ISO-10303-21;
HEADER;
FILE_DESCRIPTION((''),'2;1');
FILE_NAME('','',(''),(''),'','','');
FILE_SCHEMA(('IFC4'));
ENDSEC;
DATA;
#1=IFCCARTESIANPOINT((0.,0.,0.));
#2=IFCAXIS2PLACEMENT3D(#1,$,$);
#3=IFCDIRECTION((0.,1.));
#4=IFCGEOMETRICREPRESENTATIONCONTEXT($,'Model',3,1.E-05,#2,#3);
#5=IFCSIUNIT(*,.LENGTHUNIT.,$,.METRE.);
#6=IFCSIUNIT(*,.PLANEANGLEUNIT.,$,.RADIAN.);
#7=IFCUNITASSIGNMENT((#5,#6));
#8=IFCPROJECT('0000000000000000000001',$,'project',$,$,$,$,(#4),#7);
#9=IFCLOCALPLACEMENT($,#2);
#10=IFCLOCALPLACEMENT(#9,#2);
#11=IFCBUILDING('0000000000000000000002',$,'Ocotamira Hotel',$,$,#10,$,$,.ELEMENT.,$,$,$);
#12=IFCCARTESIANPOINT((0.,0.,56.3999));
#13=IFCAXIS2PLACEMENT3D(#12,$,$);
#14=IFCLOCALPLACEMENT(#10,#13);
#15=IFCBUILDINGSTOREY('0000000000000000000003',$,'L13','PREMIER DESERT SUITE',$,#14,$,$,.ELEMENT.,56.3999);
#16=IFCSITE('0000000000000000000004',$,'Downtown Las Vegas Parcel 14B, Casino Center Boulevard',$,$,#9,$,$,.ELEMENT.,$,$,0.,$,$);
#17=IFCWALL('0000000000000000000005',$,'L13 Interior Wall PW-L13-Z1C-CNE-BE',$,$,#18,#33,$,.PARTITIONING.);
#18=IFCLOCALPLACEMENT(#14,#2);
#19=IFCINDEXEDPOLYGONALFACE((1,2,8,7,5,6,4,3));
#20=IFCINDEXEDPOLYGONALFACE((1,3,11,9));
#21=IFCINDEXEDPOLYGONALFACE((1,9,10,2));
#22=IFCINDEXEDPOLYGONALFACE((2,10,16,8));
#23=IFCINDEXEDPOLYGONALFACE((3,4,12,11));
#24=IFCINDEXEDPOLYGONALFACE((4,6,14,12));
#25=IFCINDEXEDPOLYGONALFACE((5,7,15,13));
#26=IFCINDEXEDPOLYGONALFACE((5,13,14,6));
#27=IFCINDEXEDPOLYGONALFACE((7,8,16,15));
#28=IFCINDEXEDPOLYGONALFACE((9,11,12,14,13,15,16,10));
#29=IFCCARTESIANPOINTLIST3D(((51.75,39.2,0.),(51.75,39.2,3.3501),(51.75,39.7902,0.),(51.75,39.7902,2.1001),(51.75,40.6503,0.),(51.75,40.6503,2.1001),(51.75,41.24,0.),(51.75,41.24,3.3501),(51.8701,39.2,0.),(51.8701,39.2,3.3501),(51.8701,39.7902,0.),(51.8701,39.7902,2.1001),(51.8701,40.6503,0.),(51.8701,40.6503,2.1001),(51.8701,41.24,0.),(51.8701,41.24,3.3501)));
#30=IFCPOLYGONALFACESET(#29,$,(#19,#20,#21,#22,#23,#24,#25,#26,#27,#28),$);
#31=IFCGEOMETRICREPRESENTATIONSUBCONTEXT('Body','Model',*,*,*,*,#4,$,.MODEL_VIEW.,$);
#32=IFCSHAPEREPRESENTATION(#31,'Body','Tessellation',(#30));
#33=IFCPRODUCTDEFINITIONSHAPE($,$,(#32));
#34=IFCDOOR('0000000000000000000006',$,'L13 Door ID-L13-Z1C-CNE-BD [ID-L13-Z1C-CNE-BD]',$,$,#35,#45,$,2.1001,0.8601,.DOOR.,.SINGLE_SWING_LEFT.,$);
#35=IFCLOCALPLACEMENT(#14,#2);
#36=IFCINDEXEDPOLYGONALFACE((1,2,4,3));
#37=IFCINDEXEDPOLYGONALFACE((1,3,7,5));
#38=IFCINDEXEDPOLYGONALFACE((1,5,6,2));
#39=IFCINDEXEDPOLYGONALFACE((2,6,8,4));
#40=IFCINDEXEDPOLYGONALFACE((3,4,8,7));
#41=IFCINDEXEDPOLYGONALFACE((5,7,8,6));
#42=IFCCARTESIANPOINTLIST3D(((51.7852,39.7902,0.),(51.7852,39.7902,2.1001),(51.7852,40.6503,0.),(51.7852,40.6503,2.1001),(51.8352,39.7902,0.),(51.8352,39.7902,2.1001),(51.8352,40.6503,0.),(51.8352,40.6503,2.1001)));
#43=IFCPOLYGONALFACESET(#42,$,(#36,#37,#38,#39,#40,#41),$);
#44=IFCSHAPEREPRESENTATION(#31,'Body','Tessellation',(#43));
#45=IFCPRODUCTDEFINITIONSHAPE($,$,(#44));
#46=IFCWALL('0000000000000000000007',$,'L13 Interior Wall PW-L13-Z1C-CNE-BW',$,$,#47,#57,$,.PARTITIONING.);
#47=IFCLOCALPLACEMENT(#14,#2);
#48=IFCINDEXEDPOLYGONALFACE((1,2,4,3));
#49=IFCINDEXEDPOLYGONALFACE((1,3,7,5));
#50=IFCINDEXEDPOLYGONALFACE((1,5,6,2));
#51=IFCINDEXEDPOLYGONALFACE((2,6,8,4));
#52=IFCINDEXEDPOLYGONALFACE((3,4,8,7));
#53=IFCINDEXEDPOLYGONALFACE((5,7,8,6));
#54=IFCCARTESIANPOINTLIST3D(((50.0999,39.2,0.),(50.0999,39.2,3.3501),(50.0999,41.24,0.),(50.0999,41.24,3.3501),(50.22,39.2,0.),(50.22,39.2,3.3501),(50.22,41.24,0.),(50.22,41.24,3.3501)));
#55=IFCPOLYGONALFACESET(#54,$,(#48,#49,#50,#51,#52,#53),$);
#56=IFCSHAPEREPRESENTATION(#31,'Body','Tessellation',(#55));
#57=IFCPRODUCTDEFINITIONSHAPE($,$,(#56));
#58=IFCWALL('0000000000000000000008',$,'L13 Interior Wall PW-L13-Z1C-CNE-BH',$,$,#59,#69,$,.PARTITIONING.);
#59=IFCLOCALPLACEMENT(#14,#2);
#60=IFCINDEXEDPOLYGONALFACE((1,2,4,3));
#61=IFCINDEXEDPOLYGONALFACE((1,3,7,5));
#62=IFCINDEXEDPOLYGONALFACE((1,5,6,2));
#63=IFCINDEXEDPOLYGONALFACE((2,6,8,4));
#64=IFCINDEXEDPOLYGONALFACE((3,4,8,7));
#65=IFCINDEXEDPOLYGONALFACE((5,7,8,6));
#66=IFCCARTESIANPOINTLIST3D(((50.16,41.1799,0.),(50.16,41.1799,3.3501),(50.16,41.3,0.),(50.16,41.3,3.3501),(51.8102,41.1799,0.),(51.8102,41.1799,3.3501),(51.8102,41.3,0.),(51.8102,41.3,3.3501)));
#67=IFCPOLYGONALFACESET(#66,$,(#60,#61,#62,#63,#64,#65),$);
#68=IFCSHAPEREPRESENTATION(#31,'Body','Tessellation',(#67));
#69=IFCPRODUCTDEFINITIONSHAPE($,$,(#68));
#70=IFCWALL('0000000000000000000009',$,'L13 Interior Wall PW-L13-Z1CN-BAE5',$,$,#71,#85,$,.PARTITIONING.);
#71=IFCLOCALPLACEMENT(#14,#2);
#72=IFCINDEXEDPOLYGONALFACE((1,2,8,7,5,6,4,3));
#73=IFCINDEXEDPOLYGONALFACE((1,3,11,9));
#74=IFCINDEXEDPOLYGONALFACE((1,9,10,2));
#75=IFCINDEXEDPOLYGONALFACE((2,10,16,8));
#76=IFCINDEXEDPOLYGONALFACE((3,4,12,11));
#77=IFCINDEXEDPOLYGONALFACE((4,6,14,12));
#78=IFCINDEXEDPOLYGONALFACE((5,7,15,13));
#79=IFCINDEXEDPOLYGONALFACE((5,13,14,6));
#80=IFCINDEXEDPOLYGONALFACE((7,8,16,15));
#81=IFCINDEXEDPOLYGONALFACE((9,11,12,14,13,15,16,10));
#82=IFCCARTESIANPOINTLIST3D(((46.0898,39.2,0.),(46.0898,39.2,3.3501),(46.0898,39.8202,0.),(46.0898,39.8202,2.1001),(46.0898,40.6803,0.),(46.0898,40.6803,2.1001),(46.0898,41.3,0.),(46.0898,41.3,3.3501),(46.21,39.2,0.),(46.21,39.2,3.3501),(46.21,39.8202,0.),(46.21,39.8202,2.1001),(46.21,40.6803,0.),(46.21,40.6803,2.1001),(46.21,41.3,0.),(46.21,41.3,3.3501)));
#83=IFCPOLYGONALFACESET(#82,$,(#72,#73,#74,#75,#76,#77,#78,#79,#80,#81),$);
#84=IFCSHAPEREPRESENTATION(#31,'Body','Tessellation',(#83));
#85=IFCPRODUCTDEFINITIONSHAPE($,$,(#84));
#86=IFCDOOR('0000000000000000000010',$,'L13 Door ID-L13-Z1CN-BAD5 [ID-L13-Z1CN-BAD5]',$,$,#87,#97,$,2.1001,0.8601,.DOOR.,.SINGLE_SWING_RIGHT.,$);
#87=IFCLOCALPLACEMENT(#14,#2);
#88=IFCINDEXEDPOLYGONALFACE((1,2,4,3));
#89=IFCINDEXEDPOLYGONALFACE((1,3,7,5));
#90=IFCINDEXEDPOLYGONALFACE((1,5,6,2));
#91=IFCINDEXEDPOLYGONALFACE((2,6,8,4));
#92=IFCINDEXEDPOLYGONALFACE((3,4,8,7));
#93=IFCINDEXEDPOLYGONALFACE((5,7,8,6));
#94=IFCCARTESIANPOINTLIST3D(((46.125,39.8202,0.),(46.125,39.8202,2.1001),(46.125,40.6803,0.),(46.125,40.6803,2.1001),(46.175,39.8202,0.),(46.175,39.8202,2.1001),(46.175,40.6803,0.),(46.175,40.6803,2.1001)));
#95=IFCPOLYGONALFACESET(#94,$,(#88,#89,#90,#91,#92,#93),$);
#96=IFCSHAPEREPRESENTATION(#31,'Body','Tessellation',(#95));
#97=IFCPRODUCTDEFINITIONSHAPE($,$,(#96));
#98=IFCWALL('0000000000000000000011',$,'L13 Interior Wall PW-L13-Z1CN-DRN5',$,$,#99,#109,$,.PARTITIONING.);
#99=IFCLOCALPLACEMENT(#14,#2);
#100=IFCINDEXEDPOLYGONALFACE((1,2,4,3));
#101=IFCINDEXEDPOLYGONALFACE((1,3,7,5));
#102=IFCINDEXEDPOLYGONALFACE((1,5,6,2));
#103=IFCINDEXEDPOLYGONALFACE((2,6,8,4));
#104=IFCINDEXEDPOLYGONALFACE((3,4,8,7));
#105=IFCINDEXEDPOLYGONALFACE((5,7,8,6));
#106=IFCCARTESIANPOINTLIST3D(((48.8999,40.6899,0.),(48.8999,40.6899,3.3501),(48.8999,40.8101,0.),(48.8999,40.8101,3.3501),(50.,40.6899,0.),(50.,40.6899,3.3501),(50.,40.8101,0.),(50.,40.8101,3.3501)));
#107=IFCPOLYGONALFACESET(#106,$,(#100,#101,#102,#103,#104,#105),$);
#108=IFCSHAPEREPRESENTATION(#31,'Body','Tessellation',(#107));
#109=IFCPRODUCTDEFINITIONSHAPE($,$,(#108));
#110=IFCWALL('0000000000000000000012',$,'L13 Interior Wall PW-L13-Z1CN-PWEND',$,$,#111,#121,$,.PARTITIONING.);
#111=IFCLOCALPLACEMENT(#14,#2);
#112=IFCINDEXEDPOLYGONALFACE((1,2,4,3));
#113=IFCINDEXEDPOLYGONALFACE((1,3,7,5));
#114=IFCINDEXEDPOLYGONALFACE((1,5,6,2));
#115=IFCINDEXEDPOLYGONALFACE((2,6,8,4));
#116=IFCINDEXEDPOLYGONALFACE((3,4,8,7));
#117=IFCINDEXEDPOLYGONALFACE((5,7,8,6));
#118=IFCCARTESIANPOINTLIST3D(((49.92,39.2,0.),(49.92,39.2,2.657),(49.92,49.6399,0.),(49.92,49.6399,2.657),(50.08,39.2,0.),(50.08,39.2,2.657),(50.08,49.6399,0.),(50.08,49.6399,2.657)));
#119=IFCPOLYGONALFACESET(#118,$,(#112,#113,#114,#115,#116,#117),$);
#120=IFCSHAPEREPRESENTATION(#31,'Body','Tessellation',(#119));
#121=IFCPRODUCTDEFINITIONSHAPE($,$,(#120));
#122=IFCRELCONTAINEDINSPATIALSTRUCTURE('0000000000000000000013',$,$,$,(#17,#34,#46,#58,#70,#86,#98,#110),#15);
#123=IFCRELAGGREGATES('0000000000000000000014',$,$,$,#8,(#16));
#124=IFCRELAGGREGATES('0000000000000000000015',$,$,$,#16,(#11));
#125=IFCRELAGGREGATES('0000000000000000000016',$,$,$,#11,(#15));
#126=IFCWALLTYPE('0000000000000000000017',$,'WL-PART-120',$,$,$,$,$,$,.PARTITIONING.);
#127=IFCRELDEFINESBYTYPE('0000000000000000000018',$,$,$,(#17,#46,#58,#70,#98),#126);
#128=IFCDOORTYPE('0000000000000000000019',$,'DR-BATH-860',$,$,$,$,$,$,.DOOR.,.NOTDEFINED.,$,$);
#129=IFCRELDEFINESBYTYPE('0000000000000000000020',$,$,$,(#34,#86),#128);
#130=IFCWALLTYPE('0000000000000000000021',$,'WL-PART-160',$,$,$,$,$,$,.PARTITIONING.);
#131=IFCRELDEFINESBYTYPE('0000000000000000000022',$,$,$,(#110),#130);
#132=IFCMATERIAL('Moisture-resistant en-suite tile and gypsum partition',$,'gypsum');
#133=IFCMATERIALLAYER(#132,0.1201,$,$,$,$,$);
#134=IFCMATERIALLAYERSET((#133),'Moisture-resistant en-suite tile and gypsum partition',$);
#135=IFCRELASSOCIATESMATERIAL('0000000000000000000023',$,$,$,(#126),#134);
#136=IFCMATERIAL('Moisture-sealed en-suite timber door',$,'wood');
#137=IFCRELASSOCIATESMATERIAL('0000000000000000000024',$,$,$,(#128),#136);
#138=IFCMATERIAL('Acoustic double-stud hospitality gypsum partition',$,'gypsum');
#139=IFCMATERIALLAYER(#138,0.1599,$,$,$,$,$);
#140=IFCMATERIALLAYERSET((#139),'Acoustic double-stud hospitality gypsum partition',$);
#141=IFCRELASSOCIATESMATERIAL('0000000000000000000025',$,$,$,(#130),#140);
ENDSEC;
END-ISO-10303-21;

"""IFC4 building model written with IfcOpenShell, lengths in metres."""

from ifc_helpers import new_model, si_unit, direction, frame, frame_2d, origin, place, context, subcontext, project, spatial, rectangle, extrude, source, transform, mapped, material, layer, layer_set, type_object, element, fill, save


model = new_model("IFC4")

# Units and contexts
model_context = context("Model", 3, precision=1e-05, world=origin(), true_north=direction((0.0, 1.0)))
body_context = subcontext(model_context, "Body", "Model", "MODEL_VIEW")
ifc_project = project(units=[si_unit("LENGTHUNIT", "METRE"), si_unit("PLANEANGLEUNIT", "RADIAN")], contexts=[model_context])

# Site, building, storey
site_placement = place(None, origin())
site = spatial("IfcSite", under=ifc_project, at=site_placement, Name="Downtown Las Vegas Parcel 14B, Casino Center Boulevard", CompositionType="ELEMENT", RefElevation=0.0)
building_placement = place(site_placement, origin())
building = spatial("IfcBuilding", under=site, at=building_placement, Name="Ocotamira Hotel", CompositionType="ELEMENT")
storey_placement = place(building_placement, frame((0.0, 0.0, 56.3999)))
storey = spatial("IfcBuildingStorey", under=building, at=storey_placement, Name="L13", Description="PREMIER DESERT SUITE", CompositionType="ELEMENT", Elevation=56.3999)

# Wall, opening, door
ifc_material_1 = material(Name="Moisture-resistant en-suite tile and gypsum partition", Category="gypsum")
ifc_layer_1 = layer(ifc_material_1, 0.1201)
ifc_layer_set_1 = layer_set([ifc_layer_1], Name="Moisture-resistant en-suite tile and gypsum partition")
wall_type_1 = type_object("IfcWallType", Name="WL-PART-120", PredefinedType="PARTITIONING", material=ifc_layer_set_1)
wall_1_placement = place(storey_placement, frame((51.8101, 39.2, 0.0), z_axis=(0.0, 0.0, 1.0), x_axis=(0.0, 1.0, 0.0)))
wall_1 = element("IfcWall", 1, at=wall_1_placement, inside=storey, type_object=wall_type_1, Name="L13 Interior Wall PW-L13-Z1C-CNE-BE", PredefinedType="PARTITIONING", context=body_context, shape_type="SweptSolid", body=[
    extrude(rectangle(XDim=2.04, YDim=0.1201, at=frame_2d((1.02, 0.0))), origin(), (0.0, 0.0, 1.0), 3.3501),
])
opening_1_placement = place(wall_1_placement, frame((0.5901, 0.0, 0.0)))
opening_1 = element("IfcOpeningElement", 2, at=opening_1_placement, cuts=wall_1, PredefinedType="OPENING", context=body_context, shape_type="SweptSolid", body=[
    extrude(rectangle(XDim=0.8601, YDim=2.1001, at=frame_2d((0.4302, 1.05))), frame((0.0, 0.0701, 0.0), z_axis=(0.0, -1.0, 0.0), x_axis=(1.0, 0.0, 0.0)), (0.0, 0.0, 1.0), 0.1401),
])
ifc_material_2 = material(Name="Moisture-sealed en-suite timber door", Category="wood")
door_type_1 = type_object("IfcDoorType", Name="DR-BATH-860", OperationType="NOTDEFINED", PredefinedType="DOOR", material=ifc_material_2)
shared_shape_1 = source(origin(), body_context, "Body", "SweptSolid", [
    extrude(rectangle(XDim=0.8601, YDim=2.1001, at=frame_2d((0.4302, 1.05))), frame((0.0, 0.0249, 0.0), z_axis=(0.0, -1.0, 0.0), x_axis=(1.0, 0.0, 0.0)), (0.0, 0.0, 1.0), 0.05),
])
door_1_placement = place(opening_1_placement, origin())
door_1 = element("IfcDoor", 3, at=door_1_placement, inside=storey, type_object=door_type_1, Name="L13 Door ID-L13-Z1C-CNE-BD [ID-L13-Z1C-CNE-BD]", OperationType="SINGLE_SWING_LEFT", OverallHeight=2.1001, OverallWidth=0.8601, PredefinedType="DOOR", context=body_context, shape_type="MappedRepresentation", body=[
    mapped(shared_shape_1, transform((0.0, 0.0, 0.0), scale=1.0)),
])
fill(opening_1, door_1)

# Walls
wall_2_placement = place(storey_placement, frame((50.1599, 39.2, 0.0), z_axis=(0.0, 0.0, 1.0), x_axis=(0.0, 1.0, 0.0)))
element("IfcWall", 4, at=wall_2_placement, inside=storey, type_object=wall_type_1, Name="L13 Interior Wall PW-L13-Z1C-CNE-BW", PredefinedType="PARTITIONING", context=body_context, shape_type="SweptSolid", body=[
    extrude(rectangle(XDim=2.04, YDim=0.1201, at=frame_2d((1.02, 0.0))), origin(), (0.0, 0.0, 1.0), 3.3501),
])
wall_3_placement = place(storey_placement, frame((50.1599, 41.24, 0.0), z_axis=(0.0, 0.0, 1.0), x_axis=(1.0, 0.0, 0.0)))
element("IfcWall", 5, at=wall_3_placement, inside=storey, type_object=wall_type_1, Name="L13 Interior Wall PW-L13-Z1C-CNE-BH", PredefinedType="PARTITIONING", context=body_context, shape_type="SweptSolid", body=[
    extrude(rectangle(XDim=1.6501, YDim=0.1201, at=frame_2d((0.8252, 0.0))), origin(), (0.0, 0.0, 1.0), 3.3501),
])

# Wall, opening, door
wall_4_placement = place(storey_placement, frame((46.1499, 39.2, 0.0), z_axis=(0.0, 0.0, 1.0), x_axis=(0.0, 1.0, 0.0)))
wall_4 = element("IfcWall", 6, at=wall_4_placement, inside=storey, type_object=wall_type_1, Name="L13 Interior Wall PW-L13-Z1CN-BAE5", PredefinedType="PARTITIONING", context=body_context, shape_type="SweptSolid", body=[
    extrude(rectangle(XDim=2.1001, YDim=0.1201, at=frame_2d((1.05, 0.0))), origin(), (0.0, 0.0, 1.0), 3.3501),
])
opening_2_placement = place(wall_4_placement, frame((0.6201, 0.0, 0.0)))
opening_2 = element("IfcOpeningElement", 7, at=opening_2_placement, cuts=wall_4, PredefinedType="OPENING", context=body_context, shape_type="SweptSolid", body=[
    extrude(rectangle(XDim=0.8601, YDim=2.1001, at=frame_2d((0.4302, 1.05))), frame((0.0, 0.0701, 0.0), z_axis=(0.0, -1.0, 0.0), x_axis=(1.0, 0.0, 0.0)), (0.0, 0.0, 1.0), 0.1401),
])
door_2_placement = place(opening_2_placement, origin())
door_2 = element("IfcDoor", 8, at=door_2_placement, inside=storey, type_object=door_type_1, Name="L13 Door ID-L13-Z1CN-BAD5 [ID-L13-Z1CN-BAD5]", OperationType="SINGLE_SWING_RIGHT", OverallHeight=2.1001, OverallWidth=0.8601, PredefinedType="DOOR", context=body_context, shape_type="MappedRepresentation", body=[
    mapped(shared_shape_1, transform((0.0, 0.0, 0.0), scale=1.0)),
])
fill(opening_2, door_2)

# Walls
wall_5_placement = place(storey_placement, frame((48.8999, 40.75, 0.0), z_axis=(0.0, 0.0, 1.0), x_axis=(1.0, 0.0, 0.0)))
element("IfcWall", 9, at=wall_5_placement, inside=storey, type_object=wall_type_1, Name="L13 Interior Wall PW-L13-Z1CN-DRN5", PredefinedType="PARTITIONING", context=body_context, shape_type="SweptSolid", body=[
    extrude(rectangle(XDim=1.1001, YDim=0.1201, at=frame_2d((0.55, 0.0))), origin(), (0.0, 0.0, 1.0), 3.3501),
])
ifc_material_3 = material(Name="Acoustic double-stud hospitality gypsum partition", Category="gypsum")
ifc_layer_2 = layer(ifc_material_3, 0.1599)
ifc_layer_set_2 = layer_set([ifc_layer_2], Name="Acoustic double-stud hospitality gypsum partition")
wall_type_2 = type_object("IfcWallType", Name="WL-PART-160", PredefinedType="PARTITIONING", material=ifc_layer_set_2)
wall_6_placement = place(storey_placement, frame((50.0, 39.2, 0.0), z_axis=(0.0, 0.0, 1.0), x_axis=(0.0, 1.0, 0.0)))
element("IfcWall", 10, at=wall_6_placement, inside=storey, type_object=wall_type_2, Name="L13 Interior Wall PW-L13-Z1CN-PWEND", PredefinedType="PARTITIONING", context=body_context, shape_type="SweptSolid", body=[
    extrude(rectangle(XDim=10.4399, YDim=0.1599, at=frame_2d((5.22, 0.0))), origin(), (0.0, 0.0, 1.0), 2.657),
])

save(model, "model.ifc")
